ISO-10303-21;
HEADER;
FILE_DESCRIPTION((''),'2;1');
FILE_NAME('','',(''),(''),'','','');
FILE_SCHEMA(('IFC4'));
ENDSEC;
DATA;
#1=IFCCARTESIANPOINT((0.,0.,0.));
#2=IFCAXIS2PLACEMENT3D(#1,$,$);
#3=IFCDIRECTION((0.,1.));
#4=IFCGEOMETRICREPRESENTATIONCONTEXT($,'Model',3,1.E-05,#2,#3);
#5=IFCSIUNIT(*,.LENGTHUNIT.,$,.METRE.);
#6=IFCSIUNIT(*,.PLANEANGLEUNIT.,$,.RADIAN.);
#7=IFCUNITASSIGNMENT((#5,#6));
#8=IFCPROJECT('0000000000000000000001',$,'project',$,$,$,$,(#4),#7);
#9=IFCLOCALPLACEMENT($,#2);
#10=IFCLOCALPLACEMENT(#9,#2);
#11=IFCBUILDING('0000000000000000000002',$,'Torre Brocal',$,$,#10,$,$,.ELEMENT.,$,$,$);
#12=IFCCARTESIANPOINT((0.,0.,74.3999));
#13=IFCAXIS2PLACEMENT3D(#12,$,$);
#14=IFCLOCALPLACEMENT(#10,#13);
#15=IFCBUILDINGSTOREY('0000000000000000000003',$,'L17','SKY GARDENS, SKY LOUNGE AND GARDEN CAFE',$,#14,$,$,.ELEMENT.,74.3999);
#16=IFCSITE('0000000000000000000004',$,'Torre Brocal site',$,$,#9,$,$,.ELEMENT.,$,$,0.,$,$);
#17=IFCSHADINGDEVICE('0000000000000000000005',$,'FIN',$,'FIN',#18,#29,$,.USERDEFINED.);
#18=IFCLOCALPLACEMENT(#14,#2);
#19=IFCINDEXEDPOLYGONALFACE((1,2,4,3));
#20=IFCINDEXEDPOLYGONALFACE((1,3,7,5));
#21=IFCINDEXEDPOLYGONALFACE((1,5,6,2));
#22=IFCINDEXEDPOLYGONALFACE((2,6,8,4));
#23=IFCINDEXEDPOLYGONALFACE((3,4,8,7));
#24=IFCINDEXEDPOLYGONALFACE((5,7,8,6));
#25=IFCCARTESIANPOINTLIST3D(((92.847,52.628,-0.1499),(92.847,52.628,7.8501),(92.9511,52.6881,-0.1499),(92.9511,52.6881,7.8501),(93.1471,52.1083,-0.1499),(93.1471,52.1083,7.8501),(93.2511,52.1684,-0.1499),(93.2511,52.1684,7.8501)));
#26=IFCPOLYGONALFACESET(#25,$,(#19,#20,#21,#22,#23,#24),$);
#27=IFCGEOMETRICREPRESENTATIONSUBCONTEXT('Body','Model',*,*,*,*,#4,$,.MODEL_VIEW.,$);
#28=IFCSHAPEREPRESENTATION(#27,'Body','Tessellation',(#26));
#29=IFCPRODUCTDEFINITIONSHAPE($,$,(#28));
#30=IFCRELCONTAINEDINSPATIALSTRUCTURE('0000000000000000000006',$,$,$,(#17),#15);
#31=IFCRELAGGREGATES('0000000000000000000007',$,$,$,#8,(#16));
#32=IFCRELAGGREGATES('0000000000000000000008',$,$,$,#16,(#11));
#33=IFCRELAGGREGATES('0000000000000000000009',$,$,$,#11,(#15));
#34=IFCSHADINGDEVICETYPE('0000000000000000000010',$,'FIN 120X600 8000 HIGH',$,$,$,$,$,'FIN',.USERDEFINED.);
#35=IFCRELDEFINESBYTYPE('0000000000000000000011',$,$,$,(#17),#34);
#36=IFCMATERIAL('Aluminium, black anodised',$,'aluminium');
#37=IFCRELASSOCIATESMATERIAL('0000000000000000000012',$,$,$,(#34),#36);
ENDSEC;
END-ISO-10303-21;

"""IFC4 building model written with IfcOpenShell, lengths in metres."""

from ifc_helpers import new_model, si_unit, direction, frame, origin, origin_2d, place, context, subcontext, project, spatial, rectangle, extrude, material, material_profile, profile_set, type_object, element, save


model = new_model("IFC4")

# Units and contexts
model_context = context("Model", 3, precision=1e-05, world=origin(), true_north=direction((0.0, 1.0)))
body_context = subcontext(model_context, "Body", "Model", "MODEL_VIEW")
ifc_project = project(units=[si_unit("LENGTHUNIT", "METRE"), si_unit("PLANEANGLEUNIT", "RADIAN")], contexts=[model_context])

# Site, building, storey
site_placement = place(None, origin())
site = spatial("IfcSite", under=ifc_project, at=site_placement, Name="Torre Brocal site", CompositionType="ELEMENT", RefElevation=0.0)
building_placement = place(site_placement, origin())
building = spatial("IfcBuilding", under=site, at=building_placement, Name="Torre Brocal", CompositionType="ELEMENT")
storey_placement = place(building_placement, frame((0.0, 0.0, 74.3999)))
storey = spatial("IfcBuildingStorey", under=building, at=storey_placement, Name="L17", Description="SKY GARDENS, SKY LOUNGE AND GARDEN CAFE", CompositionType="ELEMENT", Elevation=74.3999)

# Shading device
ifc_material_1 = material(Name="Aluminium, black anodised", Category="aluminium")
ifc_material_profile_1 = material_profile(ifc_material_1, rectangle(XDim=0.1201, YDim=0.6001, at=origin_2d()), Name="FIN 120X600 8000 HIGH")
ifc_profile_set_1 = profile_set([ifc_material_profile_1], Name="Aluminium, black anodised")
shading_device_type = type_object("IfcShadingDeviceType", Name="FIN 120X600 8000 HIGH", ElementType="FIN", PredefinedType="USERDEFINED", material=ifc_profile_set_1)
shading_device_placement = place(storey_placement, frame((93.0491, 52.3982, -0.1499), z_axis=(0.0, 0.0, 1.0), x_axis=(0.866025, 0.5, 0.0)))
element("IfcShadingDevice", 1, at=shading_device_placement, inside=storey, type_object=shading_device_type, Name="FIN", ObjectType="FIN", PredefinedType="USERDEFINED", context=body_context, shape_type="SweptSolid", body=[
    extrude(rectangle(XDim=0.1201, YDim=0.6001, at=origin_2d()), origin(), (0.0, 0.0, 1.0), 8.0),
])

save(model, "model.ifc")
